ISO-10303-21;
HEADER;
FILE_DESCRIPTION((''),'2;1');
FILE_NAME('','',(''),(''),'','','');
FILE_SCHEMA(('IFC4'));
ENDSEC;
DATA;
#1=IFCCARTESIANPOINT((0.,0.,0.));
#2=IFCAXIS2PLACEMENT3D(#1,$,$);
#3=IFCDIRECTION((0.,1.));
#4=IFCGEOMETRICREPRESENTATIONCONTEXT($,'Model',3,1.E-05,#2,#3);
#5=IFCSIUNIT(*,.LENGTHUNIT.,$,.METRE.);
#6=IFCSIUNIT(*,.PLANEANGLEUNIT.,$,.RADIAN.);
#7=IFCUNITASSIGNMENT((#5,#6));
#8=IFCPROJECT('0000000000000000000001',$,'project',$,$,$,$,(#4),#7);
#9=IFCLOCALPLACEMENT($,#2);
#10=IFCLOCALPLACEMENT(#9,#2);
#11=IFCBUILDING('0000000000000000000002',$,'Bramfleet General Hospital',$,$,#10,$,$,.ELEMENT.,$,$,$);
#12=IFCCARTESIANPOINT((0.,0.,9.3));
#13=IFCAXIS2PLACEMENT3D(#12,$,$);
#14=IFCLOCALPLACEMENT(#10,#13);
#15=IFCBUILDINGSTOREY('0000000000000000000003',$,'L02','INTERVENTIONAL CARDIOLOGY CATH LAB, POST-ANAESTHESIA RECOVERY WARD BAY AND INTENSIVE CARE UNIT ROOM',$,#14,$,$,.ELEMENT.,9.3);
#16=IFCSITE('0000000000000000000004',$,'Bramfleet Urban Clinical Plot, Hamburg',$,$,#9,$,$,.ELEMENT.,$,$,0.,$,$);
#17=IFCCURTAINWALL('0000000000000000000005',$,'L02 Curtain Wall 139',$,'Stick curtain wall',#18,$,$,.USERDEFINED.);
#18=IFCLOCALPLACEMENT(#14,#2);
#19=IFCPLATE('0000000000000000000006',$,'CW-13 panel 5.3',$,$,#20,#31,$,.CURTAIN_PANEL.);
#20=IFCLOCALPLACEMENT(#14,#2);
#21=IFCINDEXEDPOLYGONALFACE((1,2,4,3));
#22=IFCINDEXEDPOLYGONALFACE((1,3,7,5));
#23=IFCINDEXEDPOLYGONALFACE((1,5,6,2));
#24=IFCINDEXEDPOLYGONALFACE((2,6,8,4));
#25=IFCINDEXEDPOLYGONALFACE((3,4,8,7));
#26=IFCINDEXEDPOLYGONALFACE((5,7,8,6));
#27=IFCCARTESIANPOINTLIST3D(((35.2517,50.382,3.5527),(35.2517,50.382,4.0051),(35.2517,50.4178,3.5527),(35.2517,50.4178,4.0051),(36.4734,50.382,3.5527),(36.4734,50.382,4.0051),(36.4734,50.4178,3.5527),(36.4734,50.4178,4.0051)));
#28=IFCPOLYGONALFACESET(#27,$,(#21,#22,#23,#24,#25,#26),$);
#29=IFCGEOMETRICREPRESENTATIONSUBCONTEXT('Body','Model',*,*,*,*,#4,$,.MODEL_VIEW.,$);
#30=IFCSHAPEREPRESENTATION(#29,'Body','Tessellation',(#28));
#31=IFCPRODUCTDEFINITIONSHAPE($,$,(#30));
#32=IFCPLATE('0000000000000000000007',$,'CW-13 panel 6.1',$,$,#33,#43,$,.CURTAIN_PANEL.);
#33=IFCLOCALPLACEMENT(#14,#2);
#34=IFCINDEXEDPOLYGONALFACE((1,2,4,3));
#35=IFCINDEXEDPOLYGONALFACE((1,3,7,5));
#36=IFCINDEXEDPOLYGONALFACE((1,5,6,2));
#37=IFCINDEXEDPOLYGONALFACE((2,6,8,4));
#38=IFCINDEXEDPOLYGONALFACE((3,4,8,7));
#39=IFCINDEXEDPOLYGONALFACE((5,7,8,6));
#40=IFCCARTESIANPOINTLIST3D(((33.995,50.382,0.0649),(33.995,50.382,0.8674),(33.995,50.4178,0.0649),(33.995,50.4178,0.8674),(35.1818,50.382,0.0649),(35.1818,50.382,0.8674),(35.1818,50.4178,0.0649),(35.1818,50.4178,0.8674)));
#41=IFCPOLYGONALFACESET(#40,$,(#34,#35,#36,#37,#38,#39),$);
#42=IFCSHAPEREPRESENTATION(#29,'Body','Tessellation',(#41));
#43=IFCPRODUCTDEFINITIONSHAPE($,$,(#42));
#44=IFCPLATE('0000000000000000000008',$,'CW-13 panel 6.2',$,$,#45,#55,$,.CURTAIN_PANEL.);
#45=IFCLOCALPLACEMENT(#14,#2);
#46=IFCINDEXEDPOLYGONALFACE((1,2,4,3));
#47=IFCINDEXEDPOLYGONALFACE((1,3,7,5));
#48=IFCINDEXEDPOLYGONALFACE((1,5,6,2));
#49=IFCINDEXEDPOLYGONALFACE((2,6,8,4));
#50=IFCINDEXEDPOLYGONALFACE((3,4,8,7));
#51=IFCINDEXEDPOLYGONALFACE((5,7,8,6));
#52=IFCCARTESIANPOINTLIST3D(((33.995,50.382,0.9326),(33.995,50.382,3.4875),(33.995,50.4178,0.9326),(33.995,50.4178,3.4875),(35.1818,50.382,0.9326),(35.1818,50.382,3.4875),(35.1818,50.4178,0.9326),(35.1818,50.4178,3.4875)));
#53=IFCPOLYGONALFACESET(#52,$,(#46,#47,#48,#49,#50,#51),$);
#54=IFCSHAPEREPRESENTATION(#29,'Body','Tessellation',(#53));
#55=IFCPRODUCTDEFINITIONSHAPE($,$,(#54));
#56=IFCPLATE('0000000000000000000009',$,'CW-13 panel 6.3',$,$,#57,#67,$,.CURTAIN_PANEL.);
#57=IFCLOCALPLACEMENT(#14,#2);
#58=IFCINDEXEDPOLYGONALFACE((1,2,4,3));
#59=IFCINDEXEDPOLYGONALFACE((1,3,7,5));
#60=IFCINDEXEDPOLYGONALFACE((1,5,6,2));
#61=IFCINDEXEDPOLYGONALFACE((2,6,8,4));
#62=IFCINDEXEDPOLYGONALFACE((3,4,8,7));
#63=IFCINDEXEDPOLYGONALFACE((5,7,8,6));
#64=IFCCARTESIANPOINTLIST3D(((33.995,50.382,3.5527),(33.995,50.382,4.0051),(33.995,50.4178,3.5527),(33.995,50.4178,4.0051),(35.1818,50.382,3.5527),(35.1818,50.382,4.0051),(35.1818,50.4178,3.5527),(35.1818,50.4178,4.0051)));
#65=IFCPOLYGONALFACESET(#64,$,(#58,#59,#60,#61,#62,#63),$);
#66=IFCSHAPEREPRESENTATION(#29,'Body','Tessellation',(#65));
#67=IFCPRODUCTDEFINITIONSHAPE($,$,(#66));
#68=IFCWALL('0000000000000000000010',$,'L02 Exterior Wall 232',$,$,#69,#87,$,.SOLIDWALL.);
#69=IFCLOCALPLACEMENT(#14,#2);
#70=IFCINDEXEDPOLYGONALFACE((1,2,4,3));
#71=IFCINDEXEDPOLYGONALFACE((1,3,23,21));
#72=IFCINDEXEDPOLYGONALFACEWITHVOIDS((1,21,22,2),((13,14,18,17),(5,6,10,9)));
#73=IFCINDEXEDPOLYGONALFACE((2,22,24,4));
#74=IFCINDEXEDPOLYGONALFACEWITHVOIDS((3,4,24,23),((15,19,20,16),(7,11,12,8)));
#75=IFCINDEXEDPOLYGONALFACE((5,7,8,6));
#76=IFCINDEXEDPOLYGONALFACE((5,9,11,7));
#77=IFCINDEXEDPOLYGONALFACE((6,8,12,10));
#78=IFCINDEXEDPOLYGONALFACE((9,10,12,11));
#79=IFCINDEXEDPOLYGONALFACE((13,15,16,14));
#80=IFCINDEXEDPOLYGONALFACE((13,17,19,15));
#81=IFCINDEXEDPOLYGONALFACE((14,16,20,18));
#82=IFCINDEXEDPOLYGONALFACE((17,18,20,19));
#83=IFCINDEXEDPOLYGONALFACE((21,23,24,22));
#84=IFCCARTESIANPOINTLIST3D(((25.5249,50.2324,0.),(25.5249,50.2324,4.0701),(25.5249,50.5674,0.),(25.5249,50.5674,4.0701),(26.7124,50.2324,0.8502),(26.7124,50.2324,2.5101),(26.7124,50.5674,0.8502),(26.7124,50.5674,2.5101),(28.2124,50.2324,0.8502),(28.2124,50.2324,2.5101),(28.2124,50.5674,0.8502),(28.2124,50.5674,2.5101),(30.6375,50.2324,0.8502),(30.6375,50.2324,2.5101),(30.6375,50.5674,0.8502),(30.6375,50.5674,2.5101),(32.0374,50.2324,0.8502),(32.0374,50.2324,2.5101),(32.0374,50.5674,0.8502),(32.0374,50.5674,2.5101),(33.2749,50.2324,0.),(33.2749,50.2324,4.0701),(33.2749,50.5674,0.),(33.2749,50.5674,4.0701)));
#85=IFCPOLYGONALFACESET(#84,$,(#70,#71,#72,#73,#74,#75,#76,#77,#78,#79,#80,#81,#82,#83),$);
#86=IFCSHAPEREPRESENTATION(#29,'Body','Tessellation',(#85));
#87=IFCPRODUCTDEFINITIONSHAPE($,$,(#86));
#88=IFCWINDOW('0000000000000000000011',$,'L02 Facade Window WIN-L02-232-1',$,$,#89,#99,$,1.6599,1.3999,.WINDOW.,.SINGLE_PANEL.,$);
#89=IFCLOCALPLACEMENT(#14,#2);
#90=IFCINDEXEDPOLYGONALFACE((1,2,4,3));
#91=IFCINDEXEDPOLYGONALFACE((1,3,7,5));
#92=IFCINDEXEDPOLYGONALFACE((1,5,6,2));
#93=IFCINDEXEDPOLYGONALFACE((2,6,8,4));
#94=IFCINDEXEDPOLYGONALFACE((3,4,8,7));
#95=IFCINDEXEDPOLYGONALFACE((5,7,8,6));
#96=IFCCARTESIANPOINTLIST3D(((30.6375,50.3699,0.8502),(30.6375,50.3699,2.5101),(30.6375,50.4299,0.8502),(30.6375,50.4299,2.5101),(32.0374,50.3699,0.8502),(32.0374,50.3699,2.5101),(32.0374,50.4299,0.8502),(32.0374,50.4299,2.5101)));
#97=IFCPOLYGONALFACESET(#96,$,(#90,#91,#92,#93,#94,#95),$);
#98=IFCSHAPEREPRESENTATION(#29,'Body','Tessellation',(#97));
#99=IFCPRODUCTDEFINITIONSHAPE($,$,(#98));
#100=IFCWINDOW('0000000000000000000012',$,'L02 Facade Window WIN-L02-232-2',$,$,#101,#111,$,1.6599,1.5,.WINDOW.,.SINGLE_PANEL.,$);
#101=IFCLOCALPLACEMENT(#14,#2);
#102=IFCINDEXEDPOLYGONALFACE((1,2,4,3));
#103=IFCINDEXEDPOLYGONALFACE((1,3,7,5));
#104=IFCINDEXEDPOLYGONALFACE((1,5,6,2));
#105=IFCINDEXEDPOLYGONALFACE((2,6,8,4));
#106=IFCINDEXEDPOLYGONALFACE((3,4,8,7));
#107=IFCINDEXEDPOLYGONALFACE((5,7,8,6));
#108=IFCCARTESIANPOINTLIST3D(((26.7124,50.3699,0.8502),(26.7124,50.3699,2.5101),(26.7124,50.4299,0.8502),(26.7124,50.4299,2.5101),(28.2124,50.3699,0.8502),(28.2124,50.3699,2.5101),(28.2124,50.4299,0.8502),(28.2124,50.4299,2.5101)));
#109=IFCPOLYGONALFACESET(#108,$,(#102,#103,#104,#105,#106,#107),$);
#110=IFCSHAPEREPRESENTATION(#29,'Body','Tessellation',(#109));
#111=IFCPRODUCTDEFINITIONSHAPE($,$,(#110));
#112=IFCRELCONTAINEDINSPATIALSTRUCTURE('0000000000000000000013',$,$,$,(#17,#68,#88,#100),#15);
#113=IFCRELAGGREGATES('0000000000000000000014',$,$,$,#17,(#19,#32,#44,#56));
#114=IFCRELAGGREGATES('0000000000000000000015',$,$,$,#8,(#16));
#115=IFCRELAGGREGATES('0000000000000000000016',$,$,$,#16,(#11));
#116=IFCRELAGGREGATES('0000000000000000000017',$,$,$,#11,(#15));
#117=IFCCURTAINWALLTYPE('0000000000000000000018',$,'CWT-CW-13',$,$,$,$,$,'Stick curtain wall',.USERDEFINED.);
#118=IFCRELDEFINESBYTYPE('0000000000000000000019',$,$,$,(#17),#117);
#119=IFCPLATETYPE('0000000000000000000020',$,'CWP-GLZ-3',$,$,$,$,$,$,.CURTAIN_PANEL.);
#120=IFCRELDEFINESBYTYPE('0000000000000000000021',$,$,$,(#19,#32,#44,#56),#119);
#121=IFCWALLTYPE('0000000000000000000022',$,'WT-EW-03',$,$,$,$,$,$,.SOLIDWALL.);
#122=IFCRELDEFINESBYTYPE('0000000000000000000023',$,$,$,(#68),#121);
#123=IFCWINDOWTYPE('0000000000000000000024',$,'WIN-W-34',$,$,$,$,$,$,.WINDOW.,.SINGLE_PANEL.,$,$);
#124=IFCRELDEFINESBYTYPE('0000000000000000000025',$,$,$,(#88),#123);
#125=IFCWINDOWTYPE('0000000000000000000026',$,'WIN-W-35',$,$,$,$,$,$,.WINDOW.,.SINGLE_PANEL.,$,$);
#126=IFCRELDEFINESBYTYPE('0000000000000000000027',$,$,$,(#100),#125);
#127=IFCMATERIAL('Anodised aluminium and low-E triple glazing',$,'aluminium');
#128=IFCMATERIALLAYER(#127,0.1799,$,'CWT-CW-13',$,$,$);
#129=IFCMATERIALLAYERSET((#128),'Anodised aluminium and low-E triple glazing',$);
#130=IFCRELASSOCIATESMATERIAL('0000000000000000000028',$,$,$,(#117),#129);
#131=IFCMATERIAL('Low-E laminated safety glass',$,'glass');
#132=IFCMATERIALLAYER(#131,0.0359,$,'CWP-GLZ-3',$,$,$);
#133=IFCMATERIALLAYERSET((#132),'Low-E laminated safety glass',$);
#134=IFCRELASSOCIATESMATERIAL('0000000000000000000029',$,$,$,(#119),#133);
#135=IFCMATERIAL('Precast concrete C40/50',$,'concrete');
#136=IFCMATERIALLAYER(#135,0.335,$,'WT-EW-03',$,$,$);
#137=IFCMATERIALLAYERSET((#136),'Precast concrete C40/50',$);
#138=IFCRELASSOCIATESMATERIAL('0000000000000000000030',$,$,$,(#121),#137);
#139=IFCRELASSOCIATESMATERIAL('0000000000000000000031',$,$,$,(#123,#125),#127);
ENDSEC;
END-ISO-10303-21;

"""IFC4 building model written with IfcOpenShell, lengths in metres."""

from ifc_helpers import new_model, si_unit, direction, frame, frame_2d, origin, origin_2d, place, context, subcontext, project, spatial, rectangle, extrude, material, layer, layer_set, type_object, element, fill, aggregate, save


model = new_model("IFC4")

# Units and contexts
model_context = context("Model", 3, precision=1e-05, world=origin(), true_north=direction((0.0, 1.0)))
body_context = subcontext(model_context, "Body", "Model", "MODEL_VIEW")
ifc_project = project(units=[si_unit("LENGTHUNIT", "METRE"), si_unit("PLANEANGLEUNIT", "RADIAN")], contexts=[model_context])

# Site, building, storey
site_placement = place(None, origin())
site = spatial("IfcSite", under=ifc_project, at=site_placement, Name="Bramfleet Urban Clinical Plot, Hamburg", CompositionType="ELEMENT", RefElevation=0.0)
building_placement = place(site_placement, origin())
building = spatial("IfcBuilding", under=site, at=building_placement, Name="Bramfleet General Hospital", CompositionType="ELEMENT")
storey_placement = place(building_placement, frame((0.0, 0.0, 9.3)))
storey = spatial("IfcBuildingStorey", under=building, at=storey_placement, Name="L02", Description="INTERVENTIONAL CARDIOLOGY CATH LAB, POST-ANAESTHESIA RECOVERY WARD BAY AND INTENSIVE CARE UNIT ROOM", CompositionType="ELEMENT", Elevation=9.3)

# Curtain wall, plates
ifc_material_1 = material(Name="Anodised aluminium and low-E triple glazing", Category="aluminium")
ifc_layer_1 = layer(ifc_material_1, 0.1799, Name="CWT-CW-13")
ifc_layer_set_1 = layer_set([ifc_layer_1], Name="Anodised aluminium and low-E triple glazing")
curtain_wall_type = type_object("IfcCurtainWallType", Name="CWT-CW-13", ElementType="Stick curtain wall", PredefinedType="USERDEFINED", material=ifc_layer_set_1)
curtain_wall_placement = place(storey_placement, origin())
curtain_wall = element("IfcCurtainWall", 1, at=curtain_wall_placement, inside=storey, type_object=curtain_wall_type, Name="L02 Curtain Wall 139", ObjectType="Stick curtain wall", PredefinedType="USERDEFINED")
ifc_material_2 = material(Name="Low-E laminated safety glass", Category="glass")
ifc_layer_2 = layer(ifc_material_2, 0.0359, Name="CWP-GLZ-3")
ifc_layer_set_2 = layer_set([ifc_layer_2], Name="Low-E laminated safety glass")
plate_type = type_object("IfcPlateType", Name="CWP-GLZ-3", PredefinedType="CURTAIN_PANEL", material=ifc_layer_set_2)
plate_1_placement = place(storey_placement, frame((35.8625, 50.3999, 3.5527), z_axis=(0.0, 0.0, 1.0), x_axis=(-1.0, 0.0, 0.0)))
plate_1 = element("IfcPlate", 2, at=plate_1_placement, type_object=plate_type, Name="CW-13 panel 5.3", PredefinedType="CURTAIN_PANEL", context=body_context, shape_type="SweptSolid", body=[
    extrude(rectangle(XDim=1.2217, YDim=0.0359, at=origin_2d()), origin(), (0.0, 0.0, 1.0), 0.4524),
])
plate_2_placement = place(storey_placement, frame((34.5884, 50.3999, 0.0649), z_axis=(0.0, 0.0, 1.0), x_axis=(-1.0, 0.0, 0.0)))
plate_2 = element("IfcPlate", 3, at=plate_2_placement, type_object=plate_type, Name="CW-13 panel 6.1", PredefinedType="CURTAIN_PANEL", context=body_context, shape_type="SweptSolid", body=[
    extrude(rectangle(XDim=1.1868, YDim=0.0359, at=origin_2d()), origin(), (0.0, 0.0, 1.0), 0.8025),
])
plate_3_placement = place(storey_placement, frame((34.5884, 50.3999, 0.9326), z_axis=(0.0, 0.0, 1.0), x_axis=(-1.0, 0.0, 0.0)))
plate_3 = element("IfcPlate", 4, at=plate_3_placement, type_object=plate_type, Name="CW-13 panel 6.2", PredefinedType="CURTAIN_PANEL", context=body_context, shape_type="SweptSolid", body=[
    extrude(rectangle(XDim=1.1868, YDim=0.0359, at=origin_2d()), origin(), (0.0, 0.0, 1.0), 2.5549),
])
plate_4_placement = place(storey_placement, frame((34.5884, 50.3999, 3.5527), z_axis=(0.0, 0.0, 1.0), x_axis=(-1.0, 0.0, 0.0)))
plate_4 = element("IfcPlate", 5, at=plate_4_placement, type_object=plate_type, Name="CW-13 panel 6.3", PredefinedType="CURTAIN_PANEL", context=body_context, shape_type="SweptSolid", body=[
    extrude(rectangle(XDim=1.1868, YDim=0.0359, at=origin_2d()), origin(), (0.0, 0.0, 1.0), 0.4524),
])
aggregate(curtain_wall, [plate_1, plate_2, plate_3, plate_4])

# Wall, openings, windows
ifc_material_3 = material(Name="Precast concrete C40/50", Category="concrete")
ifc_layer_3 = layer(ifc_material_3, 0.335, Name="WT-EW-03")
ifc_layer_set_3 = layer_set([ifc_layer_3], Name="Precast concrete C40/50")
wall_type = type_object("IfcWallType", Name="WT-EW-03", PredefinedType="SOLIDWALL", material=ifc_layer_set_3)
wall_placement = place(storey_placement, frame((33.2749, 50.3999, 0.0), z_axis=(0.0, 0.0, 1.0), x_axis=(-1.0, 0.0, 0.0)))
wall = element("IfcWall", 6, at=wall_placement, inside=storey, type_object=wall_type, Name="L02 Exterior Wall 232", PredefinedType="SOLIDWALL", context=body_context, shape_type="SweptSolid", body=[
    extrude(rectangle(XDim=7.75, YDim=0.335, at=frame_2d((3.875, 0.0))), origin(), (0.0, 0.0, 1.0), 4.0701),
])
opening_1_placement = place(wall_placement, frame((1.2375, 0.0, 0.8501)))
opening_1 = element("IfcOpeningElement", 7, at=opening_1_placement, cuts=wall, PredefinedType="OPENING", context=body_context, shape_type="SweptSolid", body=[
    extrude(rectangle(XDim=1.3999, YDim=1.6599, at=frame_2d((0.7, 0.8301))), frame((0.0, 0.1775, 0.0), z_axis=(0.0, -1.0, 0.0), x_axis=(1.0, 0.0, 0.0)), (0.0, 0.0, 1.0), 0.355),
])
opening_2_placement = place(wall_placement, frame((5.0625, 0.0, 0.8501)))
opening_2 = element("IfcOpeningElement", 8, at=opening_2_placement, cuts=wall, PredefinedType="OPENING", context=body_context, shape_type="SweptSolid", body=[
    extrude(rectangle(XDim=1.5, YDim=1.6599, at=frame_2d((0.75, 0.8301))), frame((0.0, 0.1775, 0.0), z_axis=(0.0, -1.0, 0.0), x_axis=(1.0, 0.0, 0.0)), (0.0, 0.0, 1.0), 0.355),
])
window_type_1 = type_object("IfcWindowType", Name="WIN-W-34", PartitioningType="SINGLE_PANEL", PredefinedType="WINDOW", material=ifc_material_1)
window_1_placement = place(opening_1_placement, origin())
window_1 = element("IfcWindow", 9, at=window_1_placement, inside=storey, type_object=window_type_1, Name="L02 Facade Window WIN-L02-232-1", OverallHeight=1.6599, OverallWidth=1.3999, PartitioningType="SINGLE_PANEL", PredefinedType="WINDOW", context=body_context, shape_type="SweptSolid", body=[
    extrude(rectangle(XDim=1.3999, YDim=1.6599, at=frame_2d((0.7, 0.8301))), frame((0.0, 0.03, 0.0), z_axis=(0.0, -1.0, 0.0), x_axis=(1.0, 0.0, 0.0)), (0.0, 0.0, 1.0), 0.0601),
])
fill(opening_1, window_1)
window_type_2 = type_object("IfcWindowType", Name="WIN-W-35", PartitioningType="SINGLE_PANEL", PredefinedType="WINDOW", material=ifc_material_1)
window_2_placement = place(opening_2_placement, origin())
window_2 = element("IfcWindow", 10, at=window_2_placement, inside=storey, type_object=window_type_2, Name="L02 Facade Window WIN-L02-232-2", OverallHeight=1.6599, OverallWidth=1.5, PartitioningType="SINGLE_PANEL", PredefinedType="WINDOW", context=body_context, shape_type="SweptSolid", body=[
    extrude(rectangle(XDim=1.5, YDim=1.6599, at=frame_2d((0.75, 0.8301))), frame((0.0, 0.03, 0.0), z_axis=(0.0, -1.0, 0.0), x_axis=(1.0, 0.0, 0.0)), (0.0, 0.0, 1.0), 0.0601),
])
fill(opening_2, window_2)

save(model, "model.ifc")
